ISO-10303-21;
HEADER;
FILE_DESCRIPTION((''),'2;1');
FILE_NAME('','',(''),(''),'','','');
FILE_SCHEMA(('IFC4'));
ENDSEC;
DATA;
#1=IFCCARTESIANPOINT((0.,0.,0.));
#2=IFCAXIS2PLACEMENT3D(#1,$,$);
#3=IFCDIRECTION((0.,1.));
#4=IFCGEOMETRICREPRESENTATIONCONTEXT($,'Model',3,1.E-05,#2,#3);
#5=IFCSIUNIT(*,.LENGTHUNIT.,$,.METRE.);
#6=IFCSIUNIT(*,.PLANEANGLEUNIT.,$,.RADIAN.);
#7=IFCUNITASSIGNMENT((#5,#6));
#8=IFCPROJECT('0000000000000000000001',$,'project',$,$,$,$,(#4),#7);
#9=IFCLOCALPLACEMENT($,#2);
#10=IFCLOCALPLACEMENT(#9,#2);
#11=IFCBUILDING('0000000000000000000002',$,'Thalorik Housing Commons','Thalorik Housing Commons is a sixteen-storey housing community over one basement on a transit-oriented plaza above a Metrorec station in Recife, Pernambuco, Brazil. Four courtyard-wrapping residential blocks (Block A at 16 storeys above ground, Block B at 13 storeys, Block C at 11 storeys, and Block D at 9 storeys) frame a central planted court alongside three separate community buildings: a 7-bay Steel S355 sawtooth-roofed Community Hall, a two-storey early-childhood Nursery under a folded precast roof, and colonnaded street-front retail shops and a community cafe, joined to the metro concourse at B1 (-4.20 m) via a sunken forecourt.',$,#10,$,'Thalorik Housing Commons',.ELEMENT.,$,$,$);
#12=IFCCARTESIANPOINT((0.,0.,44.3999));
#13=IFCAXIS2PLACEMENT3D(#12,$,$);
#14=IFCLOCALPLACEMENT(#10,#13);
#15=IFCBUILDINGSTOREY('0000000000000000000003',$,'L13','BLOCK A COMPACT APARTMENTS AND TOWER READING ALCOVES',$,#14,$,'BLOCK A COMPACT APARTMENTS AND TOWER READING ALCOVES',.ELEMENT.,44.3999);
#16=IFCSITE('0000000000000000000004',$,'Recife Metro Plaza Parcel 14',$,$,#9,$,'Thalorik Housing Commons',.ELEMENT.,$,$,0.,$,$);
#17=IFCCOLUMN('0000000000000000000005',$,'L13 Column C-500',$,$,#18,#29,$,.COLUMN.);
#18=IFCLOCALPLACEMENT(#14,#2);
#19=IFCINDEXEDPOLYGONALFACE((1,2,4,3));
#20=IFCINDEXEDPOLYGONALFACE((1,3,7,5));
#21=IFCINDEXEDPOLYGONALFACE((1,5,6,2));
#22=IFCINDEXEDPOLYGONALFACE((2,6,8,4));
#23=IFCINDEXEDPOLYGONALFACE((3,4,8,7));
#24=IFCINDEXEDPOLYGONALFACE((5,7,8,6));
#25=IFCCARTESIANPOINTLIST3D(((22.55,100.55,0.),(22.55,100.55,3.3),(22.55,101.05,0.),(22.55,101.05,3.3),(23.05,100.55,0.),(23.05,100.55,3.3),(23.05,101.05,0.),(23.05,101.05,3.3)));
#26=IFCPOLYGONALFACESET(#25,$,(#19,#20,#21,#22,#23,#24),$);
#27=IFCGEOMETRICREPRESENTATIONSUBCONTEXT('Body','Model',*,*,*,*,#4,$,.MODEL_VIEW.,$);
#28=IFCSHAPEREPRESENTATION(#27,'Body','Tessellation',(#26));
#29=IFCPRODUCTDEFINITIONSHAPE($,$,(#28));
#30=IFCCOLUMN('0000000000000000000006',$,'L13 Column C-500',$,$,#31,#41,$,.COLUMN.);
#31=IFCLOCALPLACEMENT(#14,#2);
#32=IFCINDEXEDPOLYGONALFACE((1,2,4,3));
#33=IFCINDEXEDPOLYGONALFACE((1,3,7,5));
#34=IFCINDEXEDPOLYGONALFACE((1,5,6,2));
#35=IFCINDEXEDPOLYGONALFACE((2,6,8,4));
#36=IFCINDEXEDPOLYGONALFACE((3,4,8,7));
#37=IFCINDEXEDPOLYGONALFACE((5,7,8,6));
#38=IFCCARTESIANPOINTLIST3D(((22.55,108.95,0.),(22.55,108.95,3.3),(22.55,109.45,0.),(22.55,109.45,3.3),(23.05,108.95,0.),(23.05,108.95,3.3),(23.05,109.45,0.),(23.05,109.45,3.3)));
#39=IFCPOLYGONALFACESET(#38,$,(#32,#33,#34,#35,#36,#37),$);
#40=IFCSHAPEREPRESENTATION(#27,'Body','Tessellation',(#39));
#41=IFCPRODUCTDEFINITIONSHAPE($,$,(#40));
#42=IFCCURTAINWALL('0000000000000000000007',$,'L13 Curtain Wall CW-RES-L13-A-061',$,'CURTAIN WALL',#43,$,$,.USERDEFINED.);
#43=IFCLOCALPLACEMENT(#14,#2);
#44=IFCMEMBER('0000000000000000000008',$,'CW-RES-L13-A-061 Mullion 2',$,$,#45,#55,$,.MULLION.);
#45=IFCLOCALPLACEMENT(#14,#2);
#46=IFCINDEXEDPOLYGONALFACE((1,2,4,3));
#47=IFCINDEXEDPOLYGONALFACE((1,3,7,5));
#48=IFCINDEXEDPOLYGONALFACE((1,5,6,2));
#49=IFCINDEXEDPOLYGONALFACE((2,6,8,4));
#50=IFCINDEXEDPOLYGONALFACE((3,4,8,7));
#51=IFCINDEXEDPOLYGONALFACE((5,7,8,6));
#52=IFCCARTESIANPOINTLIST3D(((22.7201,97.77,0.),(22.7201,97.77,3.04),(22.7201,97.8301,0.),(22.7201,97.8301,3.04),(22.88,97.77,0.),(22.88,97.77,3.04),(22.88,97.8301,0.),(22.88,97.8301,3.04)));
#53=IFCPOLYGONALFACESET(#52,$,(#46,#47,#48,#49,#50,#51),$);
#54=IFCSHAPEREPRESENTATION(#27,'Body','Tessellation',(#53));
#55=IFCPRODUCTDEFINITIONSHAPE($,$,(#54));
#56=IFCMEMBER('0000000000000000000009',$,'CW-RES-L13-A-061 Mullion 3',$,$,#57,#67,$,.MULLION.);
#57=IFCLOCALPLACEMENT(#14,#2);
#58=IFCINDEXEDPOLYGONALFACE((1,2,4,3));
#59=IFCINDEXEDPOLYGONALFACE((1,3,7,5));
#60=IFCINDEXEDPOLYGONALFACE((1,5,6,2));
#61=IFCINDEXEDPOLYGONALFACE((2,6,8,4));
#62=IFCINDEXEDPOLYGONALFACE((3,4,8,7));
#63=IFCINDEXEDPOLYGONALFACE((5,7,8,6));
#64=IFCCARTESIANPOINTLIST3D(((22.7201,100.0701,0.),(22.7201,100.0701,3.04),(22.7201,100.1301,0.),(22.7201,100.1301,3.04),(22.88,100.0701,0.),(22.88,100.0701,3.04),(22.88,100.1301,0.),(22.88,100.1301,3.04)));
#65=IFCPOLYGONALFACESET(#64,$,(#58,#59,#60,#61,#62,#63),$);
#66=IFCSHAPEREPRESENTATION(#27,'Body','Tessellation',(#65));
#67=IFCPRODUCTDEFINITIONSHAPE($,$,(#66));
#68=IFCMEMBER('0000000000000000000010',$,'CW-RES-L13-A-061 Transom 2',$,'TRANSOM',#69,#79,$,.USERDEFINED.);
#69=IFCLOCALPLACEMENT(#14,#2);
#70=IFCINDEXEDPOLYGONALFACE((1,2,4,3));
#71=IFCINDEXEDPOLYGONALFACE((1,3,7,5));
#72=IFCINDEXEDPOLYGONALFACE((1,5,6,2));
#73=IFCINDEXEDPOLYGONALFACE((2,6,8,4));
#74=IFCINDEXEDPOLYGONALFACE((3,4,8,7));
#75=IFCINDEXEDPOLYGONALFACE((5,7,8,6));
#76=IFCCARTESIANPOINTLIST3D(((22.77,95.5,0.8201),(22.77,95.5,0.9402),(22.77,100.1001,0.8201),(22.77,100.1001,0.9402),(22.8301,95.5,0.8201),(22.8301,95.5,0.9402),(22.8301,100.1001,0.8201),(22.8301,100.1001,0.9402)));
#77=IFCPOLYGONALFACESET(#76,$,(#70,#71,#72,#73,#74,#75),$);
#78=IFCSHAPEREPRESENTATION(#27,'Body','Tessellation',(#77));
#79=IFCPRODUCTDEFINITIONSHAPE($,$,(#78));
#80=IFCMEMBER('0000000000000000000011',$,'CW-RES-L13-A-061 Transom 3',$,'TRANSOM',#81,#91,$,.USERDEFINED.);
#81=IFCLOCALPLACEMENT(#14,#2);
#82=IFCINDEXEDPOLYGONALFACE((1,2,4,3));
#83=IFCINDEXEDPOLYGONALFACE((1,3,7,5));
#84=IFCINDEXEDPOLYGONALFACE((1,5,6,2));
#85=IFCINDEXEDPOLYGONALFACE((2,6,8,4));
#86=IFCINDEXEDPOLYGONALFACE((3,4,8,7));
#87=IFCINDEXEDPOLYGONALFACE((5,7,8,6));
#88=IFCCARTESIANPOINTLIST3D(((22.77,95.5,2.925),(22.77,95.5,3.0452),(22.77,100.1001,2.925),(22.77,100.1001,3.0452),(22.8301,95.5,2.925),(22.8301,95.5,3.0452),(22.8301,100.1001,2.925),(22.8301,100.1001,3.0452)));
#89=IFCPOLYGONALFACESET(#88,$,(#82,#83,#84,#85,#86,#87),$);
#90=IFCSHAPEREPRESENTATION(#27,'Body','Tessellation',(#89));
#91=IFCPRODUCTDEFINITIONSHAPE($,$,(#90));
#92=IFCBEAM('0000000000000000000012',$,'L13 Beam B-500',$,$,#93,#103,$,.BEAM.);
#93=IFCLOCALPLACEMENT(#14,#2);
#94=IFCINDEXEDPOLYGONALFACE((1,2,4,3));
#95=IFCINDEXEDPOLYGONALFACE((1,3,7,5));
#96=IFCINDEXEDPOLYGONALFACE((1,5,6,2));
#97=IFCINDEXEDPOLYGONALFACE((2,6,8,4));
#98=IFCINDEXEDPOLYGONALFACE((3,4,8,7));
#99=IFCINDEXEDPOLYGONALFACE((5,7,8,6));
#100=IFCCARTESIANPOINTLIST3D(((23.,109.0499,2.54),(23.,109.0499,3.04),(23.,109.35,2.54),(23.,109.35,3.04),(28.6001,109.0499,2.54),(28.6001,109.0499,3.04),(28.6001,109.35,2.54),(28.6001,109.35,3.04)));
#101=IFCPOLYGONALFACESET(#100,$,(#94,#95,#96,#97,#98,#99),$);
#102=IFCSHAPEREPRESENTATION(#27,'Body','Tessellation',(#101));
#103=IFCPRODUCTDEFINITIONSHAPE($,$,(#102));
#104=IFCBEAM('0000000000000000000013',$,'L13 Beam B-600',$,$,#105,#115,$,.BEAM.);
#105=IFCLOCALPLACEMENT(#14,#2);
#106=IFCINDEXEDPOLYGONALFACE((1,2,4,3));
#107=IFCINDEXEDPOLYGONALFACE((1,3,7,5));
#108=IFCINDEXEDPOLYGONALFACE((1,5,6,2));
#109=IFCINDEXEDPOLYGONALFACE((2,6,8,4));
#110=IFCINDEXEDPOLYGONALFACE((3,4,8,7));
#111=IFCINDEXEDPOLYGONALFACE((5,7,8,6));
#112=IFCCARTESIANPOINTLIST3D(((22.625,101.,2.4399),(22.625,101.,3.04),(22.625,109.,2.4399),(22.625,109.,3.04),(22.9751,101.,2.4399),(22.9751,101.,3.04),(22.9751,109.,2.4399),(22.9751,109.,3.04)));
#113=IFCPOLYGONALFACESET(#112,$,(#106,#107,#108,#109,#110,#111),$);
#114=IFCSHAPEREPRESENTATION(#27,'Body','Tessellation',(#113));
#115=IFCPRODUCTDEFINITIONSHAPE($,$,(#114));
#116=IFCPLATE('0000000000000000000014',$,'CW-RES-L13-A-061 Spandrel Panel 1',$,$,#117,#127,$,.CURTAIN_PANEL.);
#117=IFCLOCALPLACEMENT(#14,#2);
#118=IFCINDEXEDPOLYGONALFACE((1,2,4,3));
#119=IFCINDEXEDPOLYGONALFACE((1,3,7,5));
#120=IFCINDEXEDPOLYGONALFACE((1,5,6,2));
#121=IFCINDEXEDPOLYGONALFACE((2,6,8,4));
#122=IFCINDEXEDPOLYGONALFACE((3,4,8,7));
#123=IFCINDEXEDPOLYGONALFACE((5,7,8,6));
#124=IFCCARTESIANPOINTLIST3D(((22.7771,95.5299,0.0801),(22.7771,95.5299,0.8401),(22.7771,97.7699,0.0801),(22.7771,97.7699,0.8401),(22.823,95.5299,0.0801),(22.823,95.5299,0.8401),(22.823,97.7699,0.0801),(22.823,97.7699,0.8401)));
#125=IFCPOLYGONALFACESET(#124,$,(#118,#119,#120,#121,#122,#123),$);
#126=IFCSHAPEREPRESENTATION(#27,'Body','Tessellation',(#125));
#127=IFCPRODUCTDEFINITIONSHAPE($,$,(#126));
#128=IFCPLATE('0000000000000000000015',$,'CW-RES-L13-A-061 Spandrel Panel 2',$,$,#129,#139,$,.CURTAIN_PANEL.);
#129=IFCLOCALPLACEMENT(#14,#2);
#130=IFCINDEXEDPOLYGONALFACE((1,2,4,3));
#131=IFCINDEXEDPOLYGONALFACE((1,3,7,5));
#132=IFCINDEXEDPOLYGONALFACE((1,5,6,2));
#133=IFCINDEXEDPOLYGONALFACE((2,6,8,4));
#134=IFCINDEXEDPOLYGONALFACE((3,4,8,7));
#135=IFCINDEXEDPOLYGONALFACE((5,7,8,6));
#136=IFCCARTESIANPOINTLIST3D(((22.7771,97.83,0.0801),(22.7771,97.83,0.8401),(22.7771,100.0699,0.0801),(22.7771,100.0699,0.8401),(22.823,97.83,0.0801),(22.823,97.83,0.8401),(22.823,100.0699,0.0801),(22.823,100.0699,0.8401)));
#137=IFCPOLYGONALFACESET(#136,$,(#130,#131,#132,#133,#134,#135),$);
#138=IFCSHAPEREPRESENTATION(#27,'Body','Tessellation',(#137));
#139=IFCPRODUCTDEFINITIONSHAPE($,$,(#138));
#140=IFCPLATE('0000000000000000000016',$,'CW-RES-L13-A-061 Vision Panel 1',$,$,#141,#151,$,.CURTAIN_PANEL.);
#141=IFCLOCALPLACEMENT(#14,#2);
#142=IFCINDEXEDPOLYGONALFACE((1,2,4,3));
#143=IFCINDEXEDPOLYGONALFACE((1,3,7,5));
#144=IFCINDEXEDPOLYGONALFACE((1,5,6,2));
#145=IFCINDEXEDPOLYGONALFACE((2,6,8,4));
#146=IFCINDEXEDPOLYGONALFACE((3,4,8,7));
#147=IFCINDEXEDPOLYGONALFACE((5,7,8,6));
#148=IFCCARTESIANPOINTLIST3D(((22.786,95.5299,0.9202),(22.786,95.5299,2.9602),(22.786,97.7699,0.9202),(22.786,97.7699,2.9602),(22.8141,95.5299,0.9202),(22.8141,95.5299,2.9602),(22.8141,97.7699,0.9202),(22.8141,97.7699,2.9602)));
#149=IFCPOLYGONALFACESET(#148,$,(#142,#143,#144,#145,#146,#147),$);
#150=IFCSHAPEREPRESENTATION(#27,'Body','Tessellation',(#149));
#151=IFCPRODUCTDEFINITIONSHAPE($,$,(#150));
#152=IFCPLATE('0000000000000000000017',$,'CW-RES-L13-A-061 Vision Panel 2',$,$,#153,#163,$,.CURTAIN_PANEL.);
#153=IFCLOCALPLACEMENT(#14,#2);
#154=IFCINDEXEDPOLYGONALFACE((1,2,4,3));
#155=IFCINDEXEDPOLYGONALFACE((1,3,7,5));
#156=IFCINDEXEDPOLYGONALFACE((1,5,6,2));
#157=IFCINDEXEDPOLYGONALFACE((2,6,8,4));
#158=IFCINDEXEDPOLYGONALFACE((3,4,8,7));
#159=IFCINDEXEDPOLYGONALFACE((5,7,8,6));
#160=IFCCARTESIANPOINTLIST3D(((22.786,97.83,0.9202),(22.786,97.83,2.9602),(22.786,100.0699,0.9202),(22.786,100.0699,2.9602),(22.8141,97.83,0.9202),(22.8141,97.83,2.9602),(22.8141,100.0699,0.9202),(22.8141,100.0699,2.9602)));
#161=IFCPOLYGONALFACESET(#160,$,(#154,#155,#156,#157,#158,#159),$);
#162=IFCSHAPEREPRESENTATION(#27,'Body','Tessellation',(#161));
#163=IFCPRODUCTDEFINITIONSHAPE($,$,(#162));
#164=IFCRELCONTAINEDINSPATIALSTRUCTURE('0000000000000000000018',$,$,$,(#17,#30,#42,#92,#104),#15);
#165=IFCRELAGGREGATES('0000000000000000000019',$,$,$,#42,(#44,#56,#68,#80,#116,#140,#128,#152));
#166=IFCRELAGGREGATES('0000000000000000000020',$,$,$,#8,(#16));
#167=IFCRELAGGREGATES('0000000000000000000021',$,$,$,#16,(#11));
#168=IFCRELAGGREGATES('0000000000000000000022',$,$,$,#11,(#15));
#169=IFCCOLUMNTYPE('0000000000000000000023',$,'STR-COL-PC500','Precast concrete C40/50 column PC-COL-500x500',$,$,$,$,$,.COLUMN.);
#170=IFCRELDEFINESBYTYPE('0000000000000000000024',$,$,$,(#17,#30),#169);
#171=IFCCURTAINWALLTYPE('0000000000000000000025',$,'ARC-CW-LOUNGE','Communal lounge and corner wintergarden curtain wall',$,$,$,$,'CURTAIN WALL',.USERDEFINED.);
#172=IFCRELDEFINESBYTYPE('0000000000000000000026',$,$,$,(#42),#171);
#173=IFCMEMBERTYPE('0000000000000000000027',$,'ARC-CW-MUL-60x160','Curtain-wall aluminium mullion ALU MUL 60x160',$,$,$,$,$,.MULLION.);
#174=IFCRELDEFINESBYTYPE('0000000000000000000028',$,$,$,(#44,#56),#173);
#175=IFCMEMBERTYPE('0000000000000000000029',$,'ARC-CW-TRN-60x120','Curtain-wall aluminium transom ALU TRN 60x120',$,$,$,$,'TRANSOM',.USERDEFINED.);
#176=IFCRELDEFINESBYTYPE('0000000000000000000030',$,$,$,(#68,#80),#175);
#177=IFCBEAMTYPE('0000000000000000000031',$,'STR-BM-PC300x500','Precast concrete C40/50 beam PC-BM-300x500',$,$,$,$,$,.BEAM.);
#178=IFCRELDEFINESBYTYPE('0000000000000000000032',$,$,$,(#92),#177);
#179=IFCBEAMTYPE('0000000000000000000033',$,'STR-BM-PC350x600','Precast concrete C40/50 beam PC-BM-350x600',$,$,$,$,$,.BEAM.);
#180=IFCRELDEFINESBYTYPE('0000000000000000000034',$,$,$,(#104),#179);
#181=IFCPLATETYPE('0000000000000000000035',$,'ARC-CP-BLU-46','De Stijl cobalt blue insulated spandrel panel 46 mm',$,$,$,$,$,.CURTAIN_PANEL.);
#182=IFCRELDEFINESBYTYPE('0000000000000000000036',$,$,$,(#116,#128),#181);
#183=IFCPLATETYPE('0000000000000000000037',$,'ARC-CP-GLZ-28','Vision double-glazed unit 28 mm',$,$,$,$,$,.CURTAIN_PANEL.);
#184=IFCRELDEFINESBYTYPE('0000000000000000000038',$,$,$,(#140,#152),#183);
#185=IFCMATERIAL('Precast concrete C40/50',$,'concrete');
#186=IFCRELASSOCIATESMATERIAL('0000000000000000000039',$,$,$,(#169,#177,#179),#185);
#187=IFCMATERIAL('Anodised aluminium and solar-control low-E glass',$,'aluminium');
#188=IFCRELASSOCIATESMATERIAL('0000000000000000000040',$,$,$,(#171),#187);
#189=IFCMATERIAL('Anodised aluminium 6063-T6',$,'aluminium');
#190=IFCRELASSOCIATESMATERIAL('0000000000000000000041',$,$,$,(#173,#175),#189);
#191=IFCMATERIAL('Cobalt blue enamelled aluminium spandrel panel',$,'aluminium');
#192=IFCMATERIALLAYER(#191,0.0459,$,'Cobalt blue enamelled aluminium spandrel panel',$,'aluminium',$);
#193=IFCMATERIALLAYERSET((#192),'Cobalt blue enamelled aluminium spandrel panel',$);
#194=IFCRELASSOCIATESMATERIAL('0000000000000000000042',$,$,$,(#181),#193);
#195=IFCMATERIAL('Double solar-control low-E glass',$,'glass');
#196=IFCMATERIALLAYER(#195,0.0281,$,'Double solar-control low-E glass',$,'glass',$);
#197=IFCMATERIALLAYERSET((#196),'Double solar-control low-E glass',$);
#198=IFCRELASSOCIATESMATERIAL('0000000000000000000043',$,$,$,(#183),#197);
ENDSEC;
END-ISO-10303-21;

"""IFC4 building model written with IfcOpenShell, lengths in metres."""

from ifc_helpers import new_model, si_unit, direction, frame, origin, origin_2d, place, context, subcontext, project, spatial, rectangle, extrude, material, layer, layer_set, material_profile, profile_set, type_object, element, aggregate, save


model = new_model("IFC4")

# Units and contexts
model_context = context("Model", 3, precision=1e-05, world=origin(), true_north=direction((0.0, 1.0)))
body_context = subcontext(model_context, "Body", "Model", "MODEL_VIEW")
ifc_project = project(units=[si_unit("LENGTHUNIT", "METRE"), si_unit("PLANEANGLEUNIT", "RADIAN")], contexts=[model_context])

# Site, building, storey
site_placement = place(None, origin())
site = spatial("IfcSite", under=ifc_project, at=site_placement, Name="Recife Metro Plaza Parcel 14", LongName="Thalorik Housing Commons", CompositionType="ELEMENT", RefElevation=0.0)
building_placement = place(site_placement, origin())
building = spatial("IfcBuilding", under=site, at=building_placement, Name="Thalorik Housing Commons", Description="Thalorik Housing Commons is a sixteen-storey housing community over one basement on a transit-oriented plaza above a Metrorec station in Recife, Pernambuco, Brazil. Four courtyard-wrapping residential blocks (Block A at 16 storeys above ground, Block B at 13 storeys, Block C at 11 storeys, and Block D at 9 storeys) frame a central planted court alongside three separate community buildings: a 7-bay Steel S355 sawtooth-roofed Community Hall, a two-storey early-childhood Nursery under a folded precast roof, and colonnaded street-front retail shops and a community cafe, joined to the metro concourse at B1 (-4.20 m) via a sunken forecourt.", LongName="Thalorik Housing Commons", CompositionType="ELEMENT")
storey_placement = place(building_placement, frame((0.0, 0.0, 44.3999)))
storey = spatial("IfcBuildingStorey", under=building, at=storey_placement, Name="L13", Description="BLOCK A COMPACT APARTMENTS AND TOWER READING ALCOVES", LongName="BLOCK A COMPACT APARTMENTS AND TOWER READING ALCOVES", CompositionType="ELEMENT", Elevation=44.3999)

# Columns
ifc_material_1 = material(Name="Precast concrete C40/50", Category="concrete")
ifc_material_profile_1 = material_profile(ifc_material_1, rectangle(XDim=0.5, YDim=0.5, at=origin_2d()), Name="PC 500x500", Category="concrete")
ifc_profile_set_1 = profile_set([ifc_material_profile_1], Name="Precast concrete C40/50")
column_type = type_object("IfcColumnType", Name="STR-COL-PC500", Description="Precast concrete C40/50 column PC-COL-500x500", PredefinedType="COLUMN", material=ifc_profile_set_1)
for number, where, z_axis, x_axis, name in (
    (1, (22.8, 100.8, 0.0), (0.0, 0.0, 1.0), (1.0, 0.0, 0.0), "L13 Column C-500"),
    (2, (22.8, 109.2, 0.0), (0.0, 0.0, 1.0), (1.0, 0.0, 0.0), "L13 Column C-500"),
):
    element("IfcColumn", number, at=place(storey_placement, frame(where, z_axis=z_axis, x_axis=x_axis)), inside=storey, type_object=column_type, Name=name, PredefinedType="COLUMN", context=body_context, shape_type="SweptSolid", body=[
        extrude(rectangle(XDim=0.5, YDim=0.5, at=origin_2d()), origin(), (0.0, 0.0, 1.0), 3.3),
    ])

# Curtain wall, members
ifc_material_2 = material(Name="Anodised aluminium and solar-control low-E glass", Category="aluminium")
curtain_wall_type = type_object("IfcCurtainWallType", Name="ARC-CW-LOUNGE", Description="Communal lounge and corner wintergarden curtain wall", ElementType="CURTAIN WALL", PredefinedType="USERDEFINED", material=ifc_material_2)
curtain_wall_placement = place(storey_placement, origin())
curtain_wall = element("IfcCurtainWall", 3, at=curtain_wall_placement, inside=storey, type_object=curtain_wall_type, Name="L13 Curtain Wall CW-RES-L13-A-061", ObjectType="CURTAIN WALL", PredefinedType="USERDEFINED")
ifc_material_3 = material(Name="Anodised aluminium 6063-T6", Category="aluminium")
ifc_material_profile_2 = material_profile(ifc_material_3, rectangle(XDim=0.0601, YDim=0.1599, at=origin_2d()), Name="ALU MUL 60x160", Category="aluminium")
ifc_profile_set_2 = profile_set([ifc_material_profile_2], Name="Anodised aluminium 6063-T6")
member_type_1 = type_object("IfcMemberType", Name="ARC-CW-MUL-60x160", Description="Curtain-wall aluminium mullion ALU MUL 60x160", PredefinedType="MULLION", material=ifc_profile_set_2)
member_1_placement = place(storey_placement, frame((22.8, 97.8, 0.0), z_axis=(0.0, 0.0, 1.0), x_axis=(0.0, 1.0, 0.0)))
member_1 = element("IfcMember", 4, at=member_1_placement, type_object=member_type_1, Name="CW-RES-L13-A-061 Mullion 2", PredefinedType="MULLION", context=body_context, shape_type="SweptSolid", body=[
    extrude(rectangle(XDim=0.0601, YDim=0.1599, at=origin_2d()), origin(), (0.0, 0.0, 1.0), 3.04),
])
member_2_placement = place(storey_placement, frame((22.8, 100.1001, 0.0), z_axis=(0.0, 0.0, 1.0), x_axis=(0.0, 1.0, 0.0)))
member_2 = element("IfcMember", 5, at=member_2_placement, type_object=member_type_1, Name="CW-RES-L13-A-061 Mullion 3", PredefinedType="MULLION", context=body_context, shape_type="SweptSolid", body=[
    extrude(rectangle(XDim=0.0601, YDim=0.1599, at=origin_2d()), origin(), (0.0, 0.0, 1.0), 3.04),
])
ifc_material_profile_3 = material_profile(ifc_material_3, rectangle(XDim=0.0601, YDim=0.1201, at=origin_2d()), Name="ALU TRN 60x120", Category="aluminium")
ifc_profile_set_3 = profile_set([ifc_material_profile_3], Name="Anodised aluminium 6063-T6")
member_type_2 = type_object("IfcMemberType", Name="ARC-CW-TRN-60x120", Description="Curtain-wall aluminium transom ALU TRN 60x120", ElementType="TRANSOM", PredefinedType="USERDEFINED", material=ifc_profile_set_3)
member_3_placement = place(storey_placement, frame((22.8, 95.5, 0.8801), z_axis=(0.0, 1.0, 0.0), x_axis=(-1.0, 0.0, 0.0)))
member_3 = element("IfcMember", 6, at=member_3_placement, type_object=member_type_2, Name="CW-RES-L13-A-061 Transom 2", ObjectType="TRANSOM", PredefinedType="USERDEFINED", context=body_context, shape_type="SweptSolid", body=[
    extrude(rectangle(XDim=0.0601, YDim=0.1201, at=origin_2d()), origin(), (0.0, 0.0, 1.0), 4.6001),
])
member_4_placement = place(storey_placement, frame((22.8, 95.5, 2.9851), z_axis=(0.0, 1.0, 0.0), x_axis=(-1.0, 0.0, 0.0)))
member_4 = element("IfcMember", 7, at=member_4_placement, type_object=member_type_2, Name="CW-RES-L13-A-061 Transom 3", ObjectType="TRANSOM", PredefinedType="USERDEFINED", context=body_context, shape_type="SweptSolid", body=[
    extrude(rectangle(XDim=0.0601, YDim=0.1201, at=origin_2d()), origin(), (0.0, 0.0, 1.0), 4.6001),
])

# Beams
ifc_material_profile_4 = material_profile(ifc_material_1, rectangle(XDim=0.3, YDim=0.5, at=origin_2d()), Name="PC 300x500", Category="concrete")
ifc_profile_set_4 = profile_set([ifc_material_profile_4], Name="Precast concrete C40/50")
beam_type_1 = type_object("IfcBeamType", Name="STR-BM-PC300x500", Description="Precast concrete C40/50 beam PC-BM-300x500", PredefinedType="BEAM", material=ifc_profile_set_4)
beam_1_placement = place(storey_placement, frame((23.0, 109.2, 2.79), z_axis=(1.0, 0.0, 0.0), x_axis=(0.0, 1.0, 0.0)))
element("IfcBeam", 8, at=beam_1_placement, inside=storey, type_object=beam_type_1, Name="L13 Beam B-500", PredefinedType="BEAM", context=body_context, shape_type="SweptSolid", body=[
    extrude(rectangle(XDim=0.3, YDim=0.5, at=origin_2d()), origin(), (0.0, 0.0, 1.0), 5.6001),
])
ifc_material_profile_5 = material_profile(ifc_material_1, rectangle(XDim=0.3501, YDim=0.6001, at=origin_2d()), Name="PC 350x600", Category="concrete")
ifc_profile_set_5 = profile_set([ifc_material_profile_5], Name="Precast concrete C40/50")
beam_type_2 = type_object("IfcBeamType", Name="STR-BM-PC350x600", Description="Precast concrete C40/50 beam PC-BM-350x600", PredefinedType="BEAM", material=ifc_profile_set_5)
beam_2_placement = place(storey_placement, frame((22.8, 101.0, 2.74), z_axis=(0.0, 1.0, 0.0), x_axis=(-1.0, 0.0, 0.0)))
element("IfcBeam", 9, at=beam_2_placement, inside=storey, type_object=beam_type_2, Name="L13 Beam B-600", PredefinedType="BEAM", context=body_context, shape_type="SweptSolid", body=[
    extrude(rectangle(XDim=0.3501, YDim=0.6001, at=origin_2d()), origin(), (0.0, 0.0, 1.0), 8.0),
])

# Plates
ifc_material_4 = material(Name="Cobalt blue enamelled aluminium spandrel panel", Category="aluminium")
ifc_layer_1 = layer(ifc_material_4, 0.0459, Name="Cobalt blue enamelled aluminium spandrel panel", Category="aluminium")
ifc_layer_set_1 = layer_set([ifc_layer_1], Name="Cobalt blue enamelled aluminium spandrel panel")
plate_type_1 = type_object("IfcPlateType", Name="ARC-CP-BLU-46", Description="De Stijl cobalt blue insulated spandrel panel 46 mm", PredefinedType="CURTAIN_PANEL", material=ifc_layer_set_1)
plate_1_placement = place(storey_placement, frame((22.8, 96.6499, 0.0801), z_axis=(0.0, 0.0, 1.0), x_axis=(0.0, 1.0, 0.0)))
plate_1 = element("IfcPlate", 10, at=plate_1_placement, type_object=plate_type_1, Name="CW-RES-L13-A-061 Spandrel Panel 1", PredefinedType="CURTAIN_PANEL", context=body_context, shape_type="SweptSolid", body=[
    extrude(rectangle(XDim=2.24, YDim=0.0459, at=origin_2d()), origin(), (0.0, 0.0, 1.0), 0.76),
])
plate_2_placement = place(storey_placement, frame((22.8, 98.95, 0.0801), z_axis=(0.0, 0.0, 1.0), x_axis=(0.0, 1.0, 0.0)))
plate_2 = element("IfcPlate", 11, at=plate_2_placement, type_object=plate_type_1, Name="CW-RES-L13-A-061 Spandrel Panel 2", PredefinedType="CURTAIN_PANEL", context=body_context, shape_type="SweptSolid", body=[
    extrude(rectangle(XDim=2.24, YDim=0.0459, at=origin_2d()), origin(), (0.0, 0.0, 1.0), 0.76),
])
ifc_material_5 = material(Name="Double solar-control low-E glass", Category="glass")
ifc_layer_2 = layer(ifc_material_5, 0.0281, Name="Double solar-control low-E glass", Category="glass")
ifc_layer_set_2 = layer_set([ifc_layer_2], Name="Double solar-control low-E glass")
plate_type_2 = type_object("IfcPlateType", Name="ARC-CP-GLZ-28", Description="Vision double-glazed unit 28 mm", PredefinedType="CURTAIN_PANEL", material=ifc_layer_set_2)
plate_3_placement = place(storey_placement, frame((22.8, 96.6499, 0.9202), z_axis=(0.0, 0.0, 1.0), x_axis=(0.0, 1.0, 0.0)))
plate_3 = element("IfcPlate", 12, at=plate_3_placement, type_object=plate_type_2, Name="CW-RES-L13-A-061 Vision Panel 1", PredefinedType="CURTAIN_PANEL", context=body_context, shape_type="SweptSolid", body=[
    extrude(rectangle(XDim=2.24, YDim=0.0281, at=origin_2d()), origin(), (0.0, 0.0, 1.0), 2.04),
])
plate_4_placement = place(storey_placement, frame((22.8, 98.95, 0.9202), z_axis=(0.0, 0.0, 1.0), x_axis=(0.0, 1.0, 0.0)))
plate_4 = element("IfcPlate", 13, at=plate_4_placement, type_object=plate_type_2, Name="CW-RES-L13-A-061 Vision Panel 2", PredefinedType="CURTAIN_PANEL", context=body_context, shape_type="SweptSolid", body=[
    extrude(rectangle(XDim=2.24, YDim=0.0281, at=origin_2d()), origin(), (0.0, 0.0, 1.0), 2.04),
])
aggregate(curtain_wall, [member_1, member_2, member_3, member_4, plate_1, plate_3, plate_2, plate_4])

save(model, "model.ifc")
